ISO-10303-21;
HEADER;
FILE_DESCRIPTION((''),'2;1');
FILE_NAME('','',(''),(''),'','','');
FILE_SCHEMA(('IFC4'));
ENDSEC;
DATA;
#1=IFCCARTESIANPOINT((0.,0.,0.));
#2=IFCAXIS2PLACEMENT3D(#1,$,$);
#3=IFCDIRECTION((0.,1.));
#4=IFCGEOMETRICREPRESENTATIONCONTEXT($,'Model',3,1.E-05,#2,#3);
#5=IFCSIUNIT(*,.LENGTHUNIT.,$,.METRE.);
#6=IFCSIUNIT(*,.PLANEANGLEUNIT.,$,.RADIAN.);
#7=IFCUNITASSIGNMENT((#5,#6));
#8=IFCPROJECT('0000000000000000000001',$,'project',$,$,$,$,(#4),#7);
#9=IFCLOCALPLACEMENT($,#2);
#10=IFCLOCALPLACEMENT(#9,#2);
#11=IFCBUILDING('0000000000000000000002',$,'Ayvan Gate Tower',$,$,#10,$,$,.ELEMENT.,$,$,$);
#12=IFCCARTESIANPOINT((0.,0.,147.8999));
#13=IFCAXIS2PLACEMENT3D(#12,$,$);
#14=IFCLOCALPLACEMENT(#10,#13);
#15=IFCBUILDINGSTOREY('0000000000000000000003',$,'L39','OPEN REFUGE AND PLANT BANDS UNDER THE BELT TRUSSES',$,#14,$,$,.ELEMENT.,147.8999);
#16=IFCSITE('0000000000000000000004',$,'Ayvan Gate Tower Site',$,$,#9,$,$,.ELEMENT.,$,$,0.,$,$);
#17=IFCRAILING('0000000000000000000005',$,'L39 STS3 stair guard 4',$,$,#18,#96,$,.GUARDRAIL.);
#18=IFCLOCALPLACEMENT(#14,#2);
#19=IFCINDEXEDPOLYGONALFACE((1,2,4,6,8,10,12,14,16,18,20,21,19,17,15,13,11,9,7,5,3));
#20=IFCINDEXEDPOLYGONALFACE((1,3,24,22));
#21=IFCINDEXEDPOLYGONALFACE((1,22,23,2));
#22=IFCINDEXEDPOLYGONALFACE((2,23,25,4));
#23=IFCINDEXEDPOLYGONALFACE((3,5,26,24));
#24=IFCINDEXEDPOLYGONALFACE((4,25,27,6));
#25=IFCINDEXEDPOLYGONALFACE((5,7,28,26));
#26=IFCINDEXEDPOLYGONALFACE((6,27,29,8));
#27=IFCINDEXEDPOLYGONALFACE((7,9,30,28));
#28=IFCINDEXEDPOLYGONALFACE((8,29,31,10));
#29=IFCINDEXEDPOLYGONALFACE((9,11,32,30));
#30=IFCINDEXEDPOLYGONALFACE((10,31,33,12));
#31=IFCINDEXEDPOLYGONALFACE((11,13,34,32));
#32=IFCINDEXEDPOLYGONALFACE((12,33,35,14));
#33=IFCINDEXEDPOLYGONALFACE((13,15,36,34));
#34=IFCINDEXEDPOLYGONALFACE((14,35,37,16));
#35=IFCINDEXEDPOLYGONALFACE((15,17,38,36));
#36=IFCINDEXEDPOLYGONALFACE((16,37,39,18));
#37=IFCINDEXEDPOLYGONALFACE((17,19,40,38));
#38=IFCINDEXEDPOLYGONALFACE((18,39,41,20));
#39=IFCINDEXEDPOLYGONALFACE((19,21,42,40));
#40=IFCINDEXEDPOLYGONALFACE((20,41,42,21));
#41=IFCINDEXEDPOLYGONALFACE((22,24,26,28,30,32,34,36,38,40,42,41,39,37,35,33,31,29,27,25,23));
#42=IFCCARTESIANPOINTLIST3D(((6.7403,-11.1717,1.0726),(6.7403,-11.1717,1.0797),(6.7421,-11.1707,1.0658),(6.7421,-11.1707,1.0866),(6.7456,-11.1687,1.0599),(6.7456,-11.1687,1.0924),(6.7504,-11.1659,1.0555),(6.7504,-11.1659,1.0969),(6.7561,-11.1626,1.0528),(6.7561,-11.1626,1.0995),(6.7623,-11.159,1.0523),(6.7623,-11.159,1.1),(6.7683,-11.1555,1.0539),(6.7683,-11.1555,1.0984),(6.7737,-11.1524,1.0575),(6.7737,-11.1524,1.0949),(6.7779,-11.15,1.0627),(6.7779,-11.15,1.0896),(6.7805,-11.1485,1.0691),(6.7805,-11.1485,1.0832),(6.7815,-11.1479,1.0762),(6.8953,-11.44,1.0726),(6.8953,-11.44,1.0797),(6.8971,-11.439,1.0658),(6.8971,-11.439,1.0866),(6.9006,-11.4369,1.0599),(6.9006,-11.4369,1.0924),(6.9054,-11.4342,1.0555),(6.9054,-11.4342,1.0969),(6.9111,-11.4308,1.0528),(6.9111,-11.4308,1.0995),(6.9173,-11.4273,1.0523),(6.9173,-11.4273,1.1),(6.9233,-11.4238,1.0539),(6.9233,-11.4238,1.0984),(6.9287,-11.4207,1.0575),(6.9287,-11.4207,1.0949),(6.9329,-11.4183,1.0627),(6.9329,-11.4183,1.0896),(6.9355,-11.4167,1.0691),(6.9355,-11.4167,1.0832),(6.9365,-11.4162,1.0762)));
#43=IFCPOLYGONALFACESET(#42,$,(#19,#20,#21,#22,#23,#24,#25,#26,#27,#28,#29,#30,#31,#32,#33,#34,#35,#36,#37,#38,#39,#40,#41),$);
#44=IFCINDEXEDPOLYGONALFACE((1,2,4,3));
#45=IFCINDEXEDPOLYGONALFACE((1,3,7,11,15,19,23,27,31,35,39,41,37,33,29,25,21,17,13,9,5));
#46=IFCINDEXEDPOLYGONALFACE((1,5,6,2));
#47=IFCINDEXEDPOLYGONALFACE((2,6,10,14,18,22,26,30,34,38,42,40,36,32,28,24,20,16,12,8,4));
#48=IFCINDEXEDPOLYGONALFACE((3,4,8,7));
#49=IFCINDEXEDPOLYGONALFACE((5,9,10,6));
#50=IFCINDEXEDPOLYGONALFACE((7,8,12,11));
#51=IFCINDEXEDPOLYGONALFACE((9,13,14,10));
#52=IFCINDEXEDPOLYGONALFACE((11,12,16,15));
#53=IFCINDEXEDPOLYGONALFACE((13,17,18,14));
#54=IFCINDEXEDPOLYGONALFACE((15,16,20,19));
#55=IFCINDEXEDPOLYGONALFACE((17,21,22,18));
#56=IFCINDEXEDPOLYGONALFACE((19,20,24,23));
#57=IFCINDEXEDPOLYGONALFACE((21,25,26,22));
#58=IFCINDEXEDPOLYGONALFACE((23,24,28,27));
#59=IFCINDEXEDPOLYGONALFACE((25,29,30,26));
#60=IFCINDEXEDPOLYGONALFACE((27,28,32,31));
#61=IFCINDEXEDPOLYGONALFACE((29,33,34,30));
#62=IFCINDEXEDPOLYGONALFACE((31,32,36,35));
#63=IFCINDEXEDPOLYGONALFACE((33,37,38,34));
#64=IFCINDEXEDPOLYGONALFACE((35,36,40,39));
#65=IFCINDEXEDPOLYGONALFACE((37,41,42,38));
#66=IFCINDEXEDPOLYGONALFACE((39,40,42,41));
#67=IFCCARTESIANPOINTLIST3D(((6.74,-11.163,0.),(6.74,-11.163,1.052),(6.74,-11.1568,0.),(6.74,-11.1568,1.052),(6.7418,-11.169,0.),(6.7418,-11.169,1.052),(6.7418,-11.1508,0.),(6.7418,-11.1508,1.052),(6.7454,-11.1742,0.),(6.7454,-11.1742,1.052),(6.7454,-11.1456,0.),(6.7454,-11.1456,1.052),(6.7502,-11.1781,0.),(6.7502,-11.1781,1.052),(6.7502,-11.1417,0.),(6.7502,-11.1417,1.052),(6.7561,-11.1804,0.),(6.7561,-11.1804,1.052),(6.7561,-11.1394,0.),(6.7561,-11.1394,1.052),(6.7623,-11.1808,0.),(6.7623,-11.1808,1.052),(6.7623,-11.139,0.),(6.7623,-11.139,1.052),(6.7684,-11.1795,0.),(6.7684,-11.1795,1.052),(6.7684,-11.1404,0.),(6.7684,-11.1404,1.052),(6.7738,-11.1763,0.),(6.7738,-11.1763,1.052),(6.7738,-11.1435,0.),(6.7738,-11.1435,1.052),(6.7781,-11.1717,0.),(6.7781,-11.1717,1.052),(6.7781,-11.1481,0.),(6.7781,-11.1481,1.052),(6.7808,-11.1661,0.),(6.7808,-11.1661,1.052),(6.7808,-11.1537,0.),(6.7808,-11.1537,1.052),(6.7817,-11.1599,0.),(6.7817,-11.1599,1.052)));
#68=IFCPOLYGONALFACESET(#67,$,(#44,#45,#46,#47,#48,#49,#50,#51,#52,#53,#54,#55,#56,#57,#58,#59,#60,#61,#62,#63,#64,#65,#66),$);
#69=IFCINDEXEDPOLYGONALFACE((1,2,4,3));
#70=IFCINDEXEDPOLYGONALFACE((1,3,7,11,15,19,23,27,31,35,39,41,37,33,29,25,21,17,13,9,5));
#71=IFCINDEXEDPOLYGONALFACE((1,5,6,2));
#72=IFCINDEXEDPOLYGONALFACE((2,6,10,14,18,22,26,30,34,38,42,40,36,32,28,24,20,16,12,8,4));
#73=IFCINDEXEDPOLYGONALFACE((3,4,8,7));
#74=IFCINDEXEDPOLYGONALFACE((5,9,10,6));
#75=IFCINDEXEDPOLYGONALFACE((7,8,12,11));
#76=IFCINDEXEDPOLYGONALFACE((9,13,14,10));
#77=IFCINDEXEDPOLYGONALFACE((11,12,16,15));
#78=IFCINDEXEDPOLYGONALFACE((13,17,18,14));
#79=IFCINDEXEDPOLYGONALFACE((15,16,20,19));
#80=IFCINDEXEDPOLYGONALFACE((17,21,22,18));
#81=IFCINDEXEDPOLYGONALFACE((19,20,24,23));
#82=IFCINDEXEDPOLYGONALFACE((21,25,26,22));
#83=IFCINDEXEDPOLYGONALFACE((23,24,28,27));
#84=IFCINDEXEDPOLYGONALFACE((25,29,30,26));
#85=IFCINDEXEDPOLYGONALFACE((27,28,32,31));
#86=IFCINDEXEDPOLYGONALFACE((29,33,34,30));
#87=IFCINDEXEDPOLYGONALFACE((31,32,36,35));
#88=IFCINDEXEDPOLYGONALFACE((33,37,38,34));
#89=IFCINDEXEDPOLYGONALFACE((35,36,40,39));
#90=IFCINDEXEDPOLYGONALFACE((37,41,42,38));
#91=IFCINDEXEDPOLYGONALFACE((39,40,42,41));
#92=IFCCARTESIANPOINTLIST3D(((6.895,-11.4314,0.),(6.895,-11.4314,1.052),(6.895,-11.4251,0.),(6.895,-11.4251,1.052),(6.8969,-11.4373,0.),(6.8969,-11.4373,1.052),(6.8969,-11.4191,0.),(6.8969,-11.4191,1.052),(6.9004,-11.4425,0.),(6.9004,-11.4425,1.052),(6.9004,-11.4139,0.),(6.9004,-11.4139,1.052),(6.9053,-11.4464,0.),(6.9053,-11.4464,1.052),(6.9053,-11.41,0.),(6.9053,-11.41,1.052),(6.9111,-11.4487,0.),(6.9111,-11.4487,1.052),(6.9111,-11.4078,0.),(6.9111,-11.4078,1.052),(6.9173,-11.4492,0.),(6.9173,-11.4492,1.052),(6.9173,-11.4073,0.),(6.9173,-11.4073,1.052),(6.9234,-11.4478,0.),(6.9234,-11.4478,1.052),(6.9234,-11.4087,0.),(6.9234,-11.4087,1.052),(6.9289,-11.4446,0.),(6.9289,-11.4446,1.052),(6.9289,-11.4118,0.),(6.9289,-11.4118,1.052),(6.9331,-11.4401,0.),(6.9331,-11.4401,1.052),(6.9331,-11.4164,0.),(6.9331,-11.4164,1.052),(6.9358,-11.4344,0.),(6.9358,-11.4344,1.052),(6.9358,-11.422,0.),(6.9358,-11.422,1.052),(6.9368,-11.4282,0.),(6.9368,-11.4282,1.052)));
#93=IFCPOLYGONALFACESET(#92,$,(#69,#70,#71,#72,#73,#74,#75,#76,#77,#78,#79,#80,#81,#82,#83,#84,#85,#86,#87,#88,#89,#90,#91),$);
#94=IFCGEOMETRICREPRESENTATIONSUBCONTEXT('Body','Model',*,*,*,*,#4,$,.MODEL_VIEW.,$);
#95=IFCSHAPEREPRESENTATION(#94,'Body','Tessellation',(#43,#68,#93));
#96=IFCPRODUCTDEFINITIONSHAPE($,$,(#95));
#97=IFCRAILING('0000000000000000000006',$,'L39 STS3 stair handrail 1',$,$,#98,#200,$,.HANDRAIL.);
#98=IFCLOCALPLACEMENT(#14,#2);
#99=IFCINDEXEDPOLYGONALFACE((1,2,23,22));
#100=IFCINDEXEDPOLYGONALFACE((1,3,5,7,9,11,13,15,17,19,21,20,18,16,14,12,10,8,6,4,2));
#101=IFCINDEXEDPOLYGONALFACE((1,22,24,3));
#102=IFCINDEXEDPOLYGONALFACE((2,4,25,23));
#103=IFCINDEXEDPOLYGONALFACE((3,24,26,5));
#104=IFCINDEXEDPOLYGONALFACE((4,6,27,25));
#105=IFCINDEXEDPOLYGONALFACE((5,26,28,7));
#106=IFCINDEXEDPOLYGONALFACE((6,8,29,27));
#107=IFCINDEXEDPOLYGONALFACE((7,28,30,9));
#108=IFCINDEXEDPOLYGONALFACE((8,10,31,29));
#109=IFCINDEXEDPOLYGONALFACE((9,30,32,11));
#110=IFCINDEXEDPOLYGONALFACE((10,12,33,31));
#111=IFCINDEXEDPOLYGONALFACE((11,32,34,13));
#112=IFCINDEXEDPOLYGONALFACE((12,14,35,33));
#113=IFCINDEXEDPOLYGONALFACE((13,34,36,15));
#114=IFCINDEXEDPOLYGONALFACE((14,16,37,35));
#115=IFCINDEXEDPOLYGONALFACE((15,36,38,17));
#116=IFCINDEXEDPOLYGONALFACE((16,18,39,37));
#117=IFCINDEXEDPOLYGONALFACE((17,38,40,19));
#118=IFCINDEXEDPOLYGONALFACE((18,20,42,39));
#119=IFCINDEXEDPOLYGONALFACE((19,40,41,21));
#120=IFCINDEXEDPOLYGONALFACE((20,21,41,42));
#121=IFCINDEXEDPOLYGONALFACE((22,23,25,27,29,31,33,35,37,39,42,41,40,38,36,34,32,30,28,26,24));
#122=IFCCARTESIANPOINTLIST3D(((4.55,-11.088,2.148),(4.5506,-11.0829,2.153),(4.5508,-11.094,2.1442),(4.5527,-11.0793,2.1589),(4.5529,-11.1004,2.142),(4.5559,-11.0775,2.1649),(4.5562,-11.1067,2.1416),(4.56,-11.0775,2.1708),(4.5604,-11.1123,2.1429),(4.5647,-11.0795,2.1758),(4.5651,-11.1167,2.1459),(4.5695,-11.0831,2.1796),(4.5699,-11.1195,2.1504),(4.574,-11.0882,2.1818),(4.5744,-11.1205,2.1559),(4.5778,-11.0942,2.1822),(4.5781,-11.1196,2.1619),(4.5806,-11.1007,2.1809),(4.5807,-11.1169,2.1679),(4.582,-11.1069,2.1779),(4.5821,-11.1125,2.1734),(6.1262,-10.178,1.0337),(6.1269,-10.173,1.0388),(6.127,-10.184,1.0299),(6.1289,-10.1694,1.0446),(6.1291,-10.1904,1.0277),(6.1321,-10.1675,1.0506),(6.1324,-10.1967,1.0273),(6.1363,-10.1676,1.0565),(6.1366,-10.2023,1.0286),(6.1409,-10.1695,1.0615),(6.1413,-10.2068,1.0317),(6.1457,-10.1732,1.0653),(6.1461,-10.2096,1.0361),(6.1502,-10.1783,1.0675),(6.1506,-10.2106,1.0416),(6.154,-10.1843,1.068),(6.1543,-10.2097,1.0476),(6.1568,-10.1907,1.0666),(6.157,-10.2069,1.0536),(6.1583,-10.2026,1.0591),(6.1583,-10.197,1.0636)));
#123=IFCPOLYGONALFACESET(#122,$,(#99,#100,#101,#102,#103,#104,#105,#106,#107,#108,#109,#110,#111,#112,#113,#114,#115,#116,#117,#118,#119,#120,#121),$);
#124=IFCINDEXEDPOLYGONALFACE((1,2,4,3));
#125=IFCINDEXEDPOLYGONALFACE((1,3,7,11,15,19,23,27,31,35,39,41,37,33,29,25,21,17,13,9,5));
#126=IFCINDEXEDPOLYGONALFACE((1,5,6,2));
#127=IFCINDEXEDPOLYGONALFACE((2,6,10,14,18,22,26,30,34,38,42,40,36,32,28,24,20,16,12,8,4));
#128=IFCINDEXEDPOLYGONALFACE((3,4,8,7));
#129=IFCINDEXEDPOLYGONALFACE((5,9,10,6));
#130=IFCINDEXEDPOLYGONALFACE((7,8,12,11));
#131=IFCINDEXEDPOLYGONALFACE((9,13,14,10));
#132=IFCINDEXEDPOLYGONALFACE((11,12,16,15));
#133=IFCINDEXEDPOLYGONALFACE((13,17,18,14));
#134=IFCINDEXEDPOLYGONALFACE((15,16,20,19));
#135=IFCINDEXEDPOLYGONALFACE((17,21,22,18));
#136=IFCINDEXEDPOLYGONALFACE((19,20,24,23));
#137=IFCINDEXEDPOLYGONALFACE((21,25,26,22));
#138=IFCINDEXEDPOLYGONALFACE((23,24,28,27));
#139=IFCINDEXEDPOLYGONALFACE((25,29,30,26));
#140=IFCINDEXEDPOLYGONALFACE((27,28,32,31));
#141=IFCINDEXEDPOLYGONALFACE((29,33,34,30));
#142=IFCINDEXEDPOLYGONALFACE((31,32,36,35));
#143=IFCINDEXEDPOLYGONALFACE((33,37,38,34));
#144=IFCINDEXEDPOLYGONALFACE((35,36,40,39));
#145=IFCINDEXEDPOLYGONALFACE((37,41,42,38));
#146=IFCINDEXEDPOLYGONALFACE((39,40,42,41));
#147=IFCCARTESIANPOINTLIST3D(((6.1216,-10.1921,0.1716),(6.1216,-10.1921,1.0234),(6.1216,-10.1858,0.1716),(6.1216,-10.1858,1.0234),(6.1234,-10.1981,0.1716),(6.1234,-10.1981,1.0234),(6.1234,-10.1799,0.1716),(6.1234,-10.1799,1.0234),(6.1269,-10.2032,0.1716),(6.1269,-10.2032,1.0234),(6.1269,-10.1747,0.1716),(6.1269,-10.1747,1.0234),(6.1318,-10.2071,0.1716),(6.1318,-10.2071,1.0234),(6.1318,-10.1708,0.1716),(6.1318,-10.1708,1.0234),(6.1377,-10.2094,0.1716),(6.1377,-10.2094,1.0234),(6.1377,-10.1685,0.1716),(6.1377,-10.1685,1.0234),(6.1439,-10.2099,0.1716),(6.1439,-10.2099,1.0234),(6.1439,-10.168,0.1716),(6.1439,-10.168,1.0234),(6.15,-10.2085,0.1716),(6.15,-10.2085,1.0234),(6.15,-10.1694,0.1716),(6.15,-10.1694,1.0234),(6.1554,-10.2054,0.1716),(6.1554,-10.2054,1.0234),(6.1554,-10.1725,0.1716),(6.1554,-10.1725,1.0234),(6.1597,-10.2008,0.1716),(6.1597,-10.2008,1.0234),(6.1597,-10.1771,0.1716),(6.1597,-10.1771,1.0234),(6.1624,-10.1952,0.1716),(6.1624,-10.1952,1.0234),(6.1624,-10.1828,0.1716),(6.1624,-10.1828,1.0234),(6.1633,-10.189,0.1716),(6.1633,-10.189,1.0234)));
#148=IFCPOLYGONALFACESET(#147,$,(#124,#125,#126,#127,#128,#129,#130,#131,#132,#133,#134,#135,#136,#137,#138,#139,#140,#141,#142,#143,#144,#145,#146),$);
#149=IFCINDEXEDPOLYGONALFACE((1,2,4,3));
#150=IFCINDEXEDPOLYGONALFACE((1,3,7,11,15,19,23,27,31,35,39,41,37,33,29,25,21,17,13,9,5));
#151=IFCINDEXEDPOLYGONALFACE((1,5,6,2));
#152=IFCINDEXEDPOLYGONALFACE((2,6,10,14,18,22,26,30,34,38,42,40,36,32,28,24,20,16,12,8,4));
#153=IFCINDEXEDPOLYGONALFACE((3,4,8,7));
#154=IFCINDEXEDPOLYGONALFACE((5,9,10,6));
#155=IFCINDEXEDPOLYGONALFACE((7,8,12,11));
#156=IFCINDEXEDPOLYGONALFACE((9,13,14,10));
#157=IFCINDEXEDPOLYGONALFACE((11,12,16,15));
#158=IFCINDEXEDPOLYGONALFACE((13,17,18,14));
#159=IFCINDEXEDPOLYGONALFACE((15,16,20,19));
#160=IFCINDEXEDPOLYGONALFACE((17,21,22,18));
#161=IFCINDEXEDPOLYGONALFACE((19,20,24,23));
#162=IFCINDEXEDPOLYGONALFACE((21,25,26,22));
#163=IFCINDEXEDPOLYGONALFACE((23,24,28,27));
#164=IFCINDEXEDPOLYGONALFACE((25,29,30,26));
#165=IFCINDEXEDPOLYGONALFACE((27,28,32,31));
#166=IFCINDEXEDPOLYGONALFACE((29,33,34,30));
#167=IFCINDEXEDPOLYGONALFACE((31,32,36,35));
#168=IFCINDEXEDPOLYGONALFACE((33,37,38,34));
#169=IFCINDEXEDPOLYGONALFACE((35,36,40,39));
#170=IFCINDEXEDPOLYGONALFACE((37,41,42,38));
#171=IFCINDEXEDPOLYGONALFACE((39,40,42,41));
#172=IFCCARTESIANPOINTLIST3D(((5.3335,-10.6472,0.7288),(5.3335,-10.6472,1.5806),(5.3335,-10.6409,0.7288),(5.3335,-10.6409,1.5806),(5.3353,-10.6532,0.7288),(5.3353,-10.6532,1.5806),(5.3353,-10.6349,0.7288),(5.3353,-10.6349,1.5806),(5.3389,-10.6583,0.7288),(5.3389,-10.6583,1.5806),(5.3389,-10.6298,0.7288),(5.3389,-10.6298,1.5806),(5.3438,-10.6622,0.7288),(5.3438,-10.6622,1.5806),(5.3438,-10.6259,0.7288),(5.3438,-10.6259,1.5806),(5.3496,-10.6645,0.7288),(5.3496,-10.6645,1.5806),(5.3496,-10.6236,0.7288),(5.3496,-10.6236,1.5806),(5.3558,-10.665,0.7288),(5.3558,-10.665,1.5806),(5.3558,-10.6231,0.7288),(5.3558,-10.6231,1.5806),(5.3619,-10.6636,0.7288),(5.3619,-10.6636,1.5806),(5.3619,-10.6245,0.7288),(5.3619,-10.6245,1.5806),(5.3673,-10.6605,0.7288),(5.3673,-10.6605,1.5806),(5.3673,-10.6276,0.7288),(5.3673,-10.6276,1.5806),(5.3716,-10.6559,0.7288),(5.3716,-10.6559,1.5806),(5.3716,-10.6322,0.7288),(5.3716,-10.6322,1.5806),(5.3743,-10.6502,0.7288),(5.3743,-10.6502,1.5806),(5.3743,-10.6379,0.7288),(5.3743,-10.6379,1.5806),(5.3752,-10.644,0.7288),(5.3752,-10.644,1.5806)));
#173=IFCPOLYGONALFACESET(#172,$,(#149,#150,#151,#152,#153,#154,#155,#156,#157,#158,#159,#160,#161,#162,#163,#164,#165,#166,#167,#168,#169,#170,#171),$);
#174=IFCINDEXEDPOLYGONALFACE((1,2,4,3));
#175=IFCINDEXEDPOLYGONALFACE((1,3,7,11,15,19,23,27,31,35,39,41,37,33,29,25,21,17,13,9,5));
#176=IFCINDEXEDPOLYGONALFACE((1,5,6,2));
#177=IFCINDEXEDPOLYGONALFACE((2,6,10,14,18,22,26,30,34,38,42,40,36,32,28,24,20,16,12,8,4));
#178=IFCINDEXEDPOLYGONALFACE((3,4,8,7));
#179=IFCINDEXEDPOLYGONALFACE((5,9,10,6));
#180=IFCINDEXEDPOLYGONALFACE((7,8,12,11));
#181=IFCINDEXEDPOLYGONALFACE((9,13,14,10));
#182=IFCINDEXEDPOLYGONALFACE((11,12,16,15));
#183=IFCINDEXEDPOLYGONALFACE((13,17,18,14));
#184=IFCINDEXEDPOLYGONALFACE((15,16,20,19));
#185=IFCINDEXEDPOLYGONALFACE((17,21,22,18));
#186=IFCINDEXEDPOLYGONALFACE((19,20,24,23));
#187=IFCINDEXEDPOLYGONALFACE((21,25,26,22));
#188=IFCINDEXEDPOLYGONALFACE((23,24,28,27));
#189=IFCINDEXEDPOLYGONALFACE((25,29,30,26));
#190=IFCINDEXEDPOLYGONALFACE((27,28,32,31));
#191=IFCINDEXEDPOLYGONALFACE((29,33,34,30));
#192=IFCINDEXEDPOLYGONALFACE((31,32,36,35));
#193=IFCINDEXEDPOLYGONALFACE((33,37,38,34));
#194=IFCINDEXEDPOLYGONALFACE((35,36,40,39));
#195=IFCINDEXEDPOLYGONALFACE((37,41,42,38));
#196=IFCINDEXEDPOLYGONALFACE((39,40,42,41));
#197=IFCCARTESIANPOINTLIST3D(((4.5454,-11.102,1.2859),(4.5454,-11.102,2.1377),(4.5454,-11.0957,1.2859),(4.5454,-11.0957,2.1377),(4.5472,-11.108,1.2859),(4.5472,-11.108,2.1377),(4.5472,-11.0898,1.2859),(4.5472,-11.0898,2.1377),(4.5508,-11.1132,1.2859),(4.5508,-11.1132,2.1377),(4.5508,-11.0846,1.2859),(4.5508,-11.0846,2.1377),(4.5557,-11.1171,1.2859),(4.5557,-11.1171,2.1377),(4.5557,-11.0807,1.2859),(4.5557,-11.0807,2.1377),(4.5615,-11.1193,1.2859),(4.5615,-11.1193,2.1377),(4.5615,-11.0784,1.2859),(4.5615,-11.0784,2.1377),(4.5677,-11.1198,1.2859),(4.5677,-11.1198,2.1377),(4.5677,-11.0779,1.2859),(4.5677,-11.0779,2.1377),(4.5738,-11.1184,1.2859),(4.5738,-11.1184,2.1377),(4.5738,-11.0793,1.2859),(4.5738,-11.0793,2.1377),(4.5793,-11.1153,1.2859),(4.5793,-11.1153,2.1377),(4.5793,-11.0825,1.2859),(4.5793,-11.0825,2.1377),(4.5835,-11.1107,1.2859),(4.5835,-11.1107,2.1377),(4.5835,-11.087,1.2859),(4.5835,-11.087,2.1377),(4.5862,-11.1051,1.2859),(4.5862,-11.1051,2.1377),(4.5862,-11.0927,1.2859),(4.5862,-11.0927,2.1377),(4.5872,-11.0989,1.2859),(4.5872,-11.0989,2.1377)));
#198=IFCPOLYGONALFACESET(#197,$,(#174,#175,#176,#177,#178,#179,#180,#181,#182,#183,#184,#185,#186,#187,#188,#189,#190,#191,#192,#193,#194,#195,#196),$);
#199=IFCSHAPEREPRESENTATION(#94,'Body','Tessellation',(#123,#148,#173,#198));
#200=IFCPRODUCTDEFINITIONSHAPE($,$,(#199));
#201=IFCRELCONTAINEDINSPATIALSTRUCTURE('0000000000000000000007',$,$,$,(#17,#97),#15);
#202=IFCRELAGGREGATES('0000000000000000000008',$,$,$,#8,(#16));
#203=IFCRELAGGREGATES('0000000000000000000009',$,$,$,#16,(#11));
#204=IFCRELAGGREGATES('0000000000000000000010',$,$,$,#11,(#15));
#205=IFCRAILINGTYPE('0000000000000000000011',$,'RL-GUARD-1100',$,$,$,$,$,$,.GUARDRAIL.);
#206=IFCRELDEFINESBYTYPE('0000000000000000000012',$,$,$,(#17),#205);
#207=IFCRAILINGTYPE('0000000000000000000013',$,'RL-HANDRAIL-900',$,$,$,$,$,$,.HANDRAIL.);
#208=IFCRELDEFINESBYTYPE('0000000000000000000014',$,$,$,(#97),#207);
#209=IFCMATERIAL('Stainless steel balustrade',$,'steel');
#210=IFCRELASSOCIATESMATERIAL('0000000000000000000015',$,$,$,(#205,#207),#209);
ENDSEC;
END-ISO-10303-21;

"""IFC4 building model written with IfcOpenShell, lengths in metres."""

from ifc_helpers import new_model, si_unit, direction, frame, origin, origin_2d, place, context, subcontext, project, spatial, circle, extrude, material, type_object, element, save


model = new_model("IFC4")

# Units and contexts
model_context = context("Model", 3, precision=1e-05, world=origin(), true_north=direction((0.0, 1.0)))
body_context = subcontext(model_context, "Body", "Model", "MODEL_VIEW")
ifc_project = project(units=[si_unit("LENGTHUNIT", "METRE"), si_unit("PLANEANGLEUNIT", "RADIAN")], contexts=[model_context])

# Site, building, storey
site_placement = place(None, origin())
site = spatial("IfcSite", under=ifc_project, at=site_placement, Name="Ayvan Gate Tower Site", CompositionType="ELEMENT", RefElevation=0.0)
building_placement = place(site_placement, origin())
building = spatial("IfcBuilding", under=site, at=building_placement, Name="Ayvan Gate Tower", CompositionType="ELEMENT")
storey_placement = place(building_placement, frame((0.0, 0.0, 147.8999)))
storey = spatial("IfcBuildingStorey", under=building, at=storey_placement, Name="L39", Description="OPEN REFUGE AND PLANT BANDS UNDER THE BELT TRUSSES", CompositionType="ELEMENT", Elevation=147.8999)

# Railings
ifc_material_1 = material(Name="Stainless steel balustrade", Category="steel")
railing_type_1 = type_object("IfcRailingType", Name="RL-GUARD-1100", PredefinedType="GUARDRAIL", material=ifc_material_1)
railing_1_placement = place(storey_placement, frame((6.7607, -11.1599, 0.0)))
element("IfcRailing", 1, at=railing_1_placement, inside=storey, type_object=railing_type_1, Name="L39 STS3 stair guard 4", PredefinedType="GUARDRAIL", context=body_context, shape_type="SweptSolid", body=[
    extrude(circle(Radius=0.0239, at=origin_2d()), frame((0.0, 0.0, 1.0762), z_axis=(0.500291, -0.865857, 0.0), x_axis=(0.865857, 0.500291, 0.0)), (0.0, 0.0, 1.0), 0.3098),
    extrude(circle(Radius=0.021, at=origin_2d()), origin(), (0.0, 0.0, 1.0), 1.052),
    extrude(circle(Radius=0.021, at=origin_2d()), frame((0.155, -0.2683, 0.0)), (0.0, 0.0, 1.0), 1.052),
])
railing_type_2 = type_object("IfcRailingType", Name="RL-HANDRAIL-900", PredefinedType="HANDRAIL", material=ifc_material_1)
for number, where, name in (
    (2, (6.1423, -10.189, 0.1716), "L39 STS3 stair handrail 1"),
):
    element("IfcRailing", number, at=place(storey_placement, frame(where)), inside=storey, type_object=railing_type_2, Name=name, PredefinedType="HANDRAIL", context=body_context, shape_type="SweptSolid", body=[
        extrude(circle(Radius=0.0239, at=origin_2d()), frame((0.0, 0.0, 0.876), z_axis=(-0.73861, -0.426394, 0.522153), x_axis=(0.499962, -0.866047, 0.0)), (0.0, 0.0, 1.0), 2.134),
        extrude(circle(Radius=0.021, at=origin_2d()), origin(), (0.0, 0.0, 1.0), 0.8518),
        extrude(circle(Radius=0.021, at=origin_2d()), frame((-0.7881, -0.4551, 0.5571)), (0.0, 0.0, 1.0), 0.8518),
        extrude(circle(Radius=0.021, at=origin_2d()), frame((-1.5762, -0.9099, 1.1143)), (0.0, 0.0, 1.0), 0.8518),
    ])

save(model, "model.ifc")
